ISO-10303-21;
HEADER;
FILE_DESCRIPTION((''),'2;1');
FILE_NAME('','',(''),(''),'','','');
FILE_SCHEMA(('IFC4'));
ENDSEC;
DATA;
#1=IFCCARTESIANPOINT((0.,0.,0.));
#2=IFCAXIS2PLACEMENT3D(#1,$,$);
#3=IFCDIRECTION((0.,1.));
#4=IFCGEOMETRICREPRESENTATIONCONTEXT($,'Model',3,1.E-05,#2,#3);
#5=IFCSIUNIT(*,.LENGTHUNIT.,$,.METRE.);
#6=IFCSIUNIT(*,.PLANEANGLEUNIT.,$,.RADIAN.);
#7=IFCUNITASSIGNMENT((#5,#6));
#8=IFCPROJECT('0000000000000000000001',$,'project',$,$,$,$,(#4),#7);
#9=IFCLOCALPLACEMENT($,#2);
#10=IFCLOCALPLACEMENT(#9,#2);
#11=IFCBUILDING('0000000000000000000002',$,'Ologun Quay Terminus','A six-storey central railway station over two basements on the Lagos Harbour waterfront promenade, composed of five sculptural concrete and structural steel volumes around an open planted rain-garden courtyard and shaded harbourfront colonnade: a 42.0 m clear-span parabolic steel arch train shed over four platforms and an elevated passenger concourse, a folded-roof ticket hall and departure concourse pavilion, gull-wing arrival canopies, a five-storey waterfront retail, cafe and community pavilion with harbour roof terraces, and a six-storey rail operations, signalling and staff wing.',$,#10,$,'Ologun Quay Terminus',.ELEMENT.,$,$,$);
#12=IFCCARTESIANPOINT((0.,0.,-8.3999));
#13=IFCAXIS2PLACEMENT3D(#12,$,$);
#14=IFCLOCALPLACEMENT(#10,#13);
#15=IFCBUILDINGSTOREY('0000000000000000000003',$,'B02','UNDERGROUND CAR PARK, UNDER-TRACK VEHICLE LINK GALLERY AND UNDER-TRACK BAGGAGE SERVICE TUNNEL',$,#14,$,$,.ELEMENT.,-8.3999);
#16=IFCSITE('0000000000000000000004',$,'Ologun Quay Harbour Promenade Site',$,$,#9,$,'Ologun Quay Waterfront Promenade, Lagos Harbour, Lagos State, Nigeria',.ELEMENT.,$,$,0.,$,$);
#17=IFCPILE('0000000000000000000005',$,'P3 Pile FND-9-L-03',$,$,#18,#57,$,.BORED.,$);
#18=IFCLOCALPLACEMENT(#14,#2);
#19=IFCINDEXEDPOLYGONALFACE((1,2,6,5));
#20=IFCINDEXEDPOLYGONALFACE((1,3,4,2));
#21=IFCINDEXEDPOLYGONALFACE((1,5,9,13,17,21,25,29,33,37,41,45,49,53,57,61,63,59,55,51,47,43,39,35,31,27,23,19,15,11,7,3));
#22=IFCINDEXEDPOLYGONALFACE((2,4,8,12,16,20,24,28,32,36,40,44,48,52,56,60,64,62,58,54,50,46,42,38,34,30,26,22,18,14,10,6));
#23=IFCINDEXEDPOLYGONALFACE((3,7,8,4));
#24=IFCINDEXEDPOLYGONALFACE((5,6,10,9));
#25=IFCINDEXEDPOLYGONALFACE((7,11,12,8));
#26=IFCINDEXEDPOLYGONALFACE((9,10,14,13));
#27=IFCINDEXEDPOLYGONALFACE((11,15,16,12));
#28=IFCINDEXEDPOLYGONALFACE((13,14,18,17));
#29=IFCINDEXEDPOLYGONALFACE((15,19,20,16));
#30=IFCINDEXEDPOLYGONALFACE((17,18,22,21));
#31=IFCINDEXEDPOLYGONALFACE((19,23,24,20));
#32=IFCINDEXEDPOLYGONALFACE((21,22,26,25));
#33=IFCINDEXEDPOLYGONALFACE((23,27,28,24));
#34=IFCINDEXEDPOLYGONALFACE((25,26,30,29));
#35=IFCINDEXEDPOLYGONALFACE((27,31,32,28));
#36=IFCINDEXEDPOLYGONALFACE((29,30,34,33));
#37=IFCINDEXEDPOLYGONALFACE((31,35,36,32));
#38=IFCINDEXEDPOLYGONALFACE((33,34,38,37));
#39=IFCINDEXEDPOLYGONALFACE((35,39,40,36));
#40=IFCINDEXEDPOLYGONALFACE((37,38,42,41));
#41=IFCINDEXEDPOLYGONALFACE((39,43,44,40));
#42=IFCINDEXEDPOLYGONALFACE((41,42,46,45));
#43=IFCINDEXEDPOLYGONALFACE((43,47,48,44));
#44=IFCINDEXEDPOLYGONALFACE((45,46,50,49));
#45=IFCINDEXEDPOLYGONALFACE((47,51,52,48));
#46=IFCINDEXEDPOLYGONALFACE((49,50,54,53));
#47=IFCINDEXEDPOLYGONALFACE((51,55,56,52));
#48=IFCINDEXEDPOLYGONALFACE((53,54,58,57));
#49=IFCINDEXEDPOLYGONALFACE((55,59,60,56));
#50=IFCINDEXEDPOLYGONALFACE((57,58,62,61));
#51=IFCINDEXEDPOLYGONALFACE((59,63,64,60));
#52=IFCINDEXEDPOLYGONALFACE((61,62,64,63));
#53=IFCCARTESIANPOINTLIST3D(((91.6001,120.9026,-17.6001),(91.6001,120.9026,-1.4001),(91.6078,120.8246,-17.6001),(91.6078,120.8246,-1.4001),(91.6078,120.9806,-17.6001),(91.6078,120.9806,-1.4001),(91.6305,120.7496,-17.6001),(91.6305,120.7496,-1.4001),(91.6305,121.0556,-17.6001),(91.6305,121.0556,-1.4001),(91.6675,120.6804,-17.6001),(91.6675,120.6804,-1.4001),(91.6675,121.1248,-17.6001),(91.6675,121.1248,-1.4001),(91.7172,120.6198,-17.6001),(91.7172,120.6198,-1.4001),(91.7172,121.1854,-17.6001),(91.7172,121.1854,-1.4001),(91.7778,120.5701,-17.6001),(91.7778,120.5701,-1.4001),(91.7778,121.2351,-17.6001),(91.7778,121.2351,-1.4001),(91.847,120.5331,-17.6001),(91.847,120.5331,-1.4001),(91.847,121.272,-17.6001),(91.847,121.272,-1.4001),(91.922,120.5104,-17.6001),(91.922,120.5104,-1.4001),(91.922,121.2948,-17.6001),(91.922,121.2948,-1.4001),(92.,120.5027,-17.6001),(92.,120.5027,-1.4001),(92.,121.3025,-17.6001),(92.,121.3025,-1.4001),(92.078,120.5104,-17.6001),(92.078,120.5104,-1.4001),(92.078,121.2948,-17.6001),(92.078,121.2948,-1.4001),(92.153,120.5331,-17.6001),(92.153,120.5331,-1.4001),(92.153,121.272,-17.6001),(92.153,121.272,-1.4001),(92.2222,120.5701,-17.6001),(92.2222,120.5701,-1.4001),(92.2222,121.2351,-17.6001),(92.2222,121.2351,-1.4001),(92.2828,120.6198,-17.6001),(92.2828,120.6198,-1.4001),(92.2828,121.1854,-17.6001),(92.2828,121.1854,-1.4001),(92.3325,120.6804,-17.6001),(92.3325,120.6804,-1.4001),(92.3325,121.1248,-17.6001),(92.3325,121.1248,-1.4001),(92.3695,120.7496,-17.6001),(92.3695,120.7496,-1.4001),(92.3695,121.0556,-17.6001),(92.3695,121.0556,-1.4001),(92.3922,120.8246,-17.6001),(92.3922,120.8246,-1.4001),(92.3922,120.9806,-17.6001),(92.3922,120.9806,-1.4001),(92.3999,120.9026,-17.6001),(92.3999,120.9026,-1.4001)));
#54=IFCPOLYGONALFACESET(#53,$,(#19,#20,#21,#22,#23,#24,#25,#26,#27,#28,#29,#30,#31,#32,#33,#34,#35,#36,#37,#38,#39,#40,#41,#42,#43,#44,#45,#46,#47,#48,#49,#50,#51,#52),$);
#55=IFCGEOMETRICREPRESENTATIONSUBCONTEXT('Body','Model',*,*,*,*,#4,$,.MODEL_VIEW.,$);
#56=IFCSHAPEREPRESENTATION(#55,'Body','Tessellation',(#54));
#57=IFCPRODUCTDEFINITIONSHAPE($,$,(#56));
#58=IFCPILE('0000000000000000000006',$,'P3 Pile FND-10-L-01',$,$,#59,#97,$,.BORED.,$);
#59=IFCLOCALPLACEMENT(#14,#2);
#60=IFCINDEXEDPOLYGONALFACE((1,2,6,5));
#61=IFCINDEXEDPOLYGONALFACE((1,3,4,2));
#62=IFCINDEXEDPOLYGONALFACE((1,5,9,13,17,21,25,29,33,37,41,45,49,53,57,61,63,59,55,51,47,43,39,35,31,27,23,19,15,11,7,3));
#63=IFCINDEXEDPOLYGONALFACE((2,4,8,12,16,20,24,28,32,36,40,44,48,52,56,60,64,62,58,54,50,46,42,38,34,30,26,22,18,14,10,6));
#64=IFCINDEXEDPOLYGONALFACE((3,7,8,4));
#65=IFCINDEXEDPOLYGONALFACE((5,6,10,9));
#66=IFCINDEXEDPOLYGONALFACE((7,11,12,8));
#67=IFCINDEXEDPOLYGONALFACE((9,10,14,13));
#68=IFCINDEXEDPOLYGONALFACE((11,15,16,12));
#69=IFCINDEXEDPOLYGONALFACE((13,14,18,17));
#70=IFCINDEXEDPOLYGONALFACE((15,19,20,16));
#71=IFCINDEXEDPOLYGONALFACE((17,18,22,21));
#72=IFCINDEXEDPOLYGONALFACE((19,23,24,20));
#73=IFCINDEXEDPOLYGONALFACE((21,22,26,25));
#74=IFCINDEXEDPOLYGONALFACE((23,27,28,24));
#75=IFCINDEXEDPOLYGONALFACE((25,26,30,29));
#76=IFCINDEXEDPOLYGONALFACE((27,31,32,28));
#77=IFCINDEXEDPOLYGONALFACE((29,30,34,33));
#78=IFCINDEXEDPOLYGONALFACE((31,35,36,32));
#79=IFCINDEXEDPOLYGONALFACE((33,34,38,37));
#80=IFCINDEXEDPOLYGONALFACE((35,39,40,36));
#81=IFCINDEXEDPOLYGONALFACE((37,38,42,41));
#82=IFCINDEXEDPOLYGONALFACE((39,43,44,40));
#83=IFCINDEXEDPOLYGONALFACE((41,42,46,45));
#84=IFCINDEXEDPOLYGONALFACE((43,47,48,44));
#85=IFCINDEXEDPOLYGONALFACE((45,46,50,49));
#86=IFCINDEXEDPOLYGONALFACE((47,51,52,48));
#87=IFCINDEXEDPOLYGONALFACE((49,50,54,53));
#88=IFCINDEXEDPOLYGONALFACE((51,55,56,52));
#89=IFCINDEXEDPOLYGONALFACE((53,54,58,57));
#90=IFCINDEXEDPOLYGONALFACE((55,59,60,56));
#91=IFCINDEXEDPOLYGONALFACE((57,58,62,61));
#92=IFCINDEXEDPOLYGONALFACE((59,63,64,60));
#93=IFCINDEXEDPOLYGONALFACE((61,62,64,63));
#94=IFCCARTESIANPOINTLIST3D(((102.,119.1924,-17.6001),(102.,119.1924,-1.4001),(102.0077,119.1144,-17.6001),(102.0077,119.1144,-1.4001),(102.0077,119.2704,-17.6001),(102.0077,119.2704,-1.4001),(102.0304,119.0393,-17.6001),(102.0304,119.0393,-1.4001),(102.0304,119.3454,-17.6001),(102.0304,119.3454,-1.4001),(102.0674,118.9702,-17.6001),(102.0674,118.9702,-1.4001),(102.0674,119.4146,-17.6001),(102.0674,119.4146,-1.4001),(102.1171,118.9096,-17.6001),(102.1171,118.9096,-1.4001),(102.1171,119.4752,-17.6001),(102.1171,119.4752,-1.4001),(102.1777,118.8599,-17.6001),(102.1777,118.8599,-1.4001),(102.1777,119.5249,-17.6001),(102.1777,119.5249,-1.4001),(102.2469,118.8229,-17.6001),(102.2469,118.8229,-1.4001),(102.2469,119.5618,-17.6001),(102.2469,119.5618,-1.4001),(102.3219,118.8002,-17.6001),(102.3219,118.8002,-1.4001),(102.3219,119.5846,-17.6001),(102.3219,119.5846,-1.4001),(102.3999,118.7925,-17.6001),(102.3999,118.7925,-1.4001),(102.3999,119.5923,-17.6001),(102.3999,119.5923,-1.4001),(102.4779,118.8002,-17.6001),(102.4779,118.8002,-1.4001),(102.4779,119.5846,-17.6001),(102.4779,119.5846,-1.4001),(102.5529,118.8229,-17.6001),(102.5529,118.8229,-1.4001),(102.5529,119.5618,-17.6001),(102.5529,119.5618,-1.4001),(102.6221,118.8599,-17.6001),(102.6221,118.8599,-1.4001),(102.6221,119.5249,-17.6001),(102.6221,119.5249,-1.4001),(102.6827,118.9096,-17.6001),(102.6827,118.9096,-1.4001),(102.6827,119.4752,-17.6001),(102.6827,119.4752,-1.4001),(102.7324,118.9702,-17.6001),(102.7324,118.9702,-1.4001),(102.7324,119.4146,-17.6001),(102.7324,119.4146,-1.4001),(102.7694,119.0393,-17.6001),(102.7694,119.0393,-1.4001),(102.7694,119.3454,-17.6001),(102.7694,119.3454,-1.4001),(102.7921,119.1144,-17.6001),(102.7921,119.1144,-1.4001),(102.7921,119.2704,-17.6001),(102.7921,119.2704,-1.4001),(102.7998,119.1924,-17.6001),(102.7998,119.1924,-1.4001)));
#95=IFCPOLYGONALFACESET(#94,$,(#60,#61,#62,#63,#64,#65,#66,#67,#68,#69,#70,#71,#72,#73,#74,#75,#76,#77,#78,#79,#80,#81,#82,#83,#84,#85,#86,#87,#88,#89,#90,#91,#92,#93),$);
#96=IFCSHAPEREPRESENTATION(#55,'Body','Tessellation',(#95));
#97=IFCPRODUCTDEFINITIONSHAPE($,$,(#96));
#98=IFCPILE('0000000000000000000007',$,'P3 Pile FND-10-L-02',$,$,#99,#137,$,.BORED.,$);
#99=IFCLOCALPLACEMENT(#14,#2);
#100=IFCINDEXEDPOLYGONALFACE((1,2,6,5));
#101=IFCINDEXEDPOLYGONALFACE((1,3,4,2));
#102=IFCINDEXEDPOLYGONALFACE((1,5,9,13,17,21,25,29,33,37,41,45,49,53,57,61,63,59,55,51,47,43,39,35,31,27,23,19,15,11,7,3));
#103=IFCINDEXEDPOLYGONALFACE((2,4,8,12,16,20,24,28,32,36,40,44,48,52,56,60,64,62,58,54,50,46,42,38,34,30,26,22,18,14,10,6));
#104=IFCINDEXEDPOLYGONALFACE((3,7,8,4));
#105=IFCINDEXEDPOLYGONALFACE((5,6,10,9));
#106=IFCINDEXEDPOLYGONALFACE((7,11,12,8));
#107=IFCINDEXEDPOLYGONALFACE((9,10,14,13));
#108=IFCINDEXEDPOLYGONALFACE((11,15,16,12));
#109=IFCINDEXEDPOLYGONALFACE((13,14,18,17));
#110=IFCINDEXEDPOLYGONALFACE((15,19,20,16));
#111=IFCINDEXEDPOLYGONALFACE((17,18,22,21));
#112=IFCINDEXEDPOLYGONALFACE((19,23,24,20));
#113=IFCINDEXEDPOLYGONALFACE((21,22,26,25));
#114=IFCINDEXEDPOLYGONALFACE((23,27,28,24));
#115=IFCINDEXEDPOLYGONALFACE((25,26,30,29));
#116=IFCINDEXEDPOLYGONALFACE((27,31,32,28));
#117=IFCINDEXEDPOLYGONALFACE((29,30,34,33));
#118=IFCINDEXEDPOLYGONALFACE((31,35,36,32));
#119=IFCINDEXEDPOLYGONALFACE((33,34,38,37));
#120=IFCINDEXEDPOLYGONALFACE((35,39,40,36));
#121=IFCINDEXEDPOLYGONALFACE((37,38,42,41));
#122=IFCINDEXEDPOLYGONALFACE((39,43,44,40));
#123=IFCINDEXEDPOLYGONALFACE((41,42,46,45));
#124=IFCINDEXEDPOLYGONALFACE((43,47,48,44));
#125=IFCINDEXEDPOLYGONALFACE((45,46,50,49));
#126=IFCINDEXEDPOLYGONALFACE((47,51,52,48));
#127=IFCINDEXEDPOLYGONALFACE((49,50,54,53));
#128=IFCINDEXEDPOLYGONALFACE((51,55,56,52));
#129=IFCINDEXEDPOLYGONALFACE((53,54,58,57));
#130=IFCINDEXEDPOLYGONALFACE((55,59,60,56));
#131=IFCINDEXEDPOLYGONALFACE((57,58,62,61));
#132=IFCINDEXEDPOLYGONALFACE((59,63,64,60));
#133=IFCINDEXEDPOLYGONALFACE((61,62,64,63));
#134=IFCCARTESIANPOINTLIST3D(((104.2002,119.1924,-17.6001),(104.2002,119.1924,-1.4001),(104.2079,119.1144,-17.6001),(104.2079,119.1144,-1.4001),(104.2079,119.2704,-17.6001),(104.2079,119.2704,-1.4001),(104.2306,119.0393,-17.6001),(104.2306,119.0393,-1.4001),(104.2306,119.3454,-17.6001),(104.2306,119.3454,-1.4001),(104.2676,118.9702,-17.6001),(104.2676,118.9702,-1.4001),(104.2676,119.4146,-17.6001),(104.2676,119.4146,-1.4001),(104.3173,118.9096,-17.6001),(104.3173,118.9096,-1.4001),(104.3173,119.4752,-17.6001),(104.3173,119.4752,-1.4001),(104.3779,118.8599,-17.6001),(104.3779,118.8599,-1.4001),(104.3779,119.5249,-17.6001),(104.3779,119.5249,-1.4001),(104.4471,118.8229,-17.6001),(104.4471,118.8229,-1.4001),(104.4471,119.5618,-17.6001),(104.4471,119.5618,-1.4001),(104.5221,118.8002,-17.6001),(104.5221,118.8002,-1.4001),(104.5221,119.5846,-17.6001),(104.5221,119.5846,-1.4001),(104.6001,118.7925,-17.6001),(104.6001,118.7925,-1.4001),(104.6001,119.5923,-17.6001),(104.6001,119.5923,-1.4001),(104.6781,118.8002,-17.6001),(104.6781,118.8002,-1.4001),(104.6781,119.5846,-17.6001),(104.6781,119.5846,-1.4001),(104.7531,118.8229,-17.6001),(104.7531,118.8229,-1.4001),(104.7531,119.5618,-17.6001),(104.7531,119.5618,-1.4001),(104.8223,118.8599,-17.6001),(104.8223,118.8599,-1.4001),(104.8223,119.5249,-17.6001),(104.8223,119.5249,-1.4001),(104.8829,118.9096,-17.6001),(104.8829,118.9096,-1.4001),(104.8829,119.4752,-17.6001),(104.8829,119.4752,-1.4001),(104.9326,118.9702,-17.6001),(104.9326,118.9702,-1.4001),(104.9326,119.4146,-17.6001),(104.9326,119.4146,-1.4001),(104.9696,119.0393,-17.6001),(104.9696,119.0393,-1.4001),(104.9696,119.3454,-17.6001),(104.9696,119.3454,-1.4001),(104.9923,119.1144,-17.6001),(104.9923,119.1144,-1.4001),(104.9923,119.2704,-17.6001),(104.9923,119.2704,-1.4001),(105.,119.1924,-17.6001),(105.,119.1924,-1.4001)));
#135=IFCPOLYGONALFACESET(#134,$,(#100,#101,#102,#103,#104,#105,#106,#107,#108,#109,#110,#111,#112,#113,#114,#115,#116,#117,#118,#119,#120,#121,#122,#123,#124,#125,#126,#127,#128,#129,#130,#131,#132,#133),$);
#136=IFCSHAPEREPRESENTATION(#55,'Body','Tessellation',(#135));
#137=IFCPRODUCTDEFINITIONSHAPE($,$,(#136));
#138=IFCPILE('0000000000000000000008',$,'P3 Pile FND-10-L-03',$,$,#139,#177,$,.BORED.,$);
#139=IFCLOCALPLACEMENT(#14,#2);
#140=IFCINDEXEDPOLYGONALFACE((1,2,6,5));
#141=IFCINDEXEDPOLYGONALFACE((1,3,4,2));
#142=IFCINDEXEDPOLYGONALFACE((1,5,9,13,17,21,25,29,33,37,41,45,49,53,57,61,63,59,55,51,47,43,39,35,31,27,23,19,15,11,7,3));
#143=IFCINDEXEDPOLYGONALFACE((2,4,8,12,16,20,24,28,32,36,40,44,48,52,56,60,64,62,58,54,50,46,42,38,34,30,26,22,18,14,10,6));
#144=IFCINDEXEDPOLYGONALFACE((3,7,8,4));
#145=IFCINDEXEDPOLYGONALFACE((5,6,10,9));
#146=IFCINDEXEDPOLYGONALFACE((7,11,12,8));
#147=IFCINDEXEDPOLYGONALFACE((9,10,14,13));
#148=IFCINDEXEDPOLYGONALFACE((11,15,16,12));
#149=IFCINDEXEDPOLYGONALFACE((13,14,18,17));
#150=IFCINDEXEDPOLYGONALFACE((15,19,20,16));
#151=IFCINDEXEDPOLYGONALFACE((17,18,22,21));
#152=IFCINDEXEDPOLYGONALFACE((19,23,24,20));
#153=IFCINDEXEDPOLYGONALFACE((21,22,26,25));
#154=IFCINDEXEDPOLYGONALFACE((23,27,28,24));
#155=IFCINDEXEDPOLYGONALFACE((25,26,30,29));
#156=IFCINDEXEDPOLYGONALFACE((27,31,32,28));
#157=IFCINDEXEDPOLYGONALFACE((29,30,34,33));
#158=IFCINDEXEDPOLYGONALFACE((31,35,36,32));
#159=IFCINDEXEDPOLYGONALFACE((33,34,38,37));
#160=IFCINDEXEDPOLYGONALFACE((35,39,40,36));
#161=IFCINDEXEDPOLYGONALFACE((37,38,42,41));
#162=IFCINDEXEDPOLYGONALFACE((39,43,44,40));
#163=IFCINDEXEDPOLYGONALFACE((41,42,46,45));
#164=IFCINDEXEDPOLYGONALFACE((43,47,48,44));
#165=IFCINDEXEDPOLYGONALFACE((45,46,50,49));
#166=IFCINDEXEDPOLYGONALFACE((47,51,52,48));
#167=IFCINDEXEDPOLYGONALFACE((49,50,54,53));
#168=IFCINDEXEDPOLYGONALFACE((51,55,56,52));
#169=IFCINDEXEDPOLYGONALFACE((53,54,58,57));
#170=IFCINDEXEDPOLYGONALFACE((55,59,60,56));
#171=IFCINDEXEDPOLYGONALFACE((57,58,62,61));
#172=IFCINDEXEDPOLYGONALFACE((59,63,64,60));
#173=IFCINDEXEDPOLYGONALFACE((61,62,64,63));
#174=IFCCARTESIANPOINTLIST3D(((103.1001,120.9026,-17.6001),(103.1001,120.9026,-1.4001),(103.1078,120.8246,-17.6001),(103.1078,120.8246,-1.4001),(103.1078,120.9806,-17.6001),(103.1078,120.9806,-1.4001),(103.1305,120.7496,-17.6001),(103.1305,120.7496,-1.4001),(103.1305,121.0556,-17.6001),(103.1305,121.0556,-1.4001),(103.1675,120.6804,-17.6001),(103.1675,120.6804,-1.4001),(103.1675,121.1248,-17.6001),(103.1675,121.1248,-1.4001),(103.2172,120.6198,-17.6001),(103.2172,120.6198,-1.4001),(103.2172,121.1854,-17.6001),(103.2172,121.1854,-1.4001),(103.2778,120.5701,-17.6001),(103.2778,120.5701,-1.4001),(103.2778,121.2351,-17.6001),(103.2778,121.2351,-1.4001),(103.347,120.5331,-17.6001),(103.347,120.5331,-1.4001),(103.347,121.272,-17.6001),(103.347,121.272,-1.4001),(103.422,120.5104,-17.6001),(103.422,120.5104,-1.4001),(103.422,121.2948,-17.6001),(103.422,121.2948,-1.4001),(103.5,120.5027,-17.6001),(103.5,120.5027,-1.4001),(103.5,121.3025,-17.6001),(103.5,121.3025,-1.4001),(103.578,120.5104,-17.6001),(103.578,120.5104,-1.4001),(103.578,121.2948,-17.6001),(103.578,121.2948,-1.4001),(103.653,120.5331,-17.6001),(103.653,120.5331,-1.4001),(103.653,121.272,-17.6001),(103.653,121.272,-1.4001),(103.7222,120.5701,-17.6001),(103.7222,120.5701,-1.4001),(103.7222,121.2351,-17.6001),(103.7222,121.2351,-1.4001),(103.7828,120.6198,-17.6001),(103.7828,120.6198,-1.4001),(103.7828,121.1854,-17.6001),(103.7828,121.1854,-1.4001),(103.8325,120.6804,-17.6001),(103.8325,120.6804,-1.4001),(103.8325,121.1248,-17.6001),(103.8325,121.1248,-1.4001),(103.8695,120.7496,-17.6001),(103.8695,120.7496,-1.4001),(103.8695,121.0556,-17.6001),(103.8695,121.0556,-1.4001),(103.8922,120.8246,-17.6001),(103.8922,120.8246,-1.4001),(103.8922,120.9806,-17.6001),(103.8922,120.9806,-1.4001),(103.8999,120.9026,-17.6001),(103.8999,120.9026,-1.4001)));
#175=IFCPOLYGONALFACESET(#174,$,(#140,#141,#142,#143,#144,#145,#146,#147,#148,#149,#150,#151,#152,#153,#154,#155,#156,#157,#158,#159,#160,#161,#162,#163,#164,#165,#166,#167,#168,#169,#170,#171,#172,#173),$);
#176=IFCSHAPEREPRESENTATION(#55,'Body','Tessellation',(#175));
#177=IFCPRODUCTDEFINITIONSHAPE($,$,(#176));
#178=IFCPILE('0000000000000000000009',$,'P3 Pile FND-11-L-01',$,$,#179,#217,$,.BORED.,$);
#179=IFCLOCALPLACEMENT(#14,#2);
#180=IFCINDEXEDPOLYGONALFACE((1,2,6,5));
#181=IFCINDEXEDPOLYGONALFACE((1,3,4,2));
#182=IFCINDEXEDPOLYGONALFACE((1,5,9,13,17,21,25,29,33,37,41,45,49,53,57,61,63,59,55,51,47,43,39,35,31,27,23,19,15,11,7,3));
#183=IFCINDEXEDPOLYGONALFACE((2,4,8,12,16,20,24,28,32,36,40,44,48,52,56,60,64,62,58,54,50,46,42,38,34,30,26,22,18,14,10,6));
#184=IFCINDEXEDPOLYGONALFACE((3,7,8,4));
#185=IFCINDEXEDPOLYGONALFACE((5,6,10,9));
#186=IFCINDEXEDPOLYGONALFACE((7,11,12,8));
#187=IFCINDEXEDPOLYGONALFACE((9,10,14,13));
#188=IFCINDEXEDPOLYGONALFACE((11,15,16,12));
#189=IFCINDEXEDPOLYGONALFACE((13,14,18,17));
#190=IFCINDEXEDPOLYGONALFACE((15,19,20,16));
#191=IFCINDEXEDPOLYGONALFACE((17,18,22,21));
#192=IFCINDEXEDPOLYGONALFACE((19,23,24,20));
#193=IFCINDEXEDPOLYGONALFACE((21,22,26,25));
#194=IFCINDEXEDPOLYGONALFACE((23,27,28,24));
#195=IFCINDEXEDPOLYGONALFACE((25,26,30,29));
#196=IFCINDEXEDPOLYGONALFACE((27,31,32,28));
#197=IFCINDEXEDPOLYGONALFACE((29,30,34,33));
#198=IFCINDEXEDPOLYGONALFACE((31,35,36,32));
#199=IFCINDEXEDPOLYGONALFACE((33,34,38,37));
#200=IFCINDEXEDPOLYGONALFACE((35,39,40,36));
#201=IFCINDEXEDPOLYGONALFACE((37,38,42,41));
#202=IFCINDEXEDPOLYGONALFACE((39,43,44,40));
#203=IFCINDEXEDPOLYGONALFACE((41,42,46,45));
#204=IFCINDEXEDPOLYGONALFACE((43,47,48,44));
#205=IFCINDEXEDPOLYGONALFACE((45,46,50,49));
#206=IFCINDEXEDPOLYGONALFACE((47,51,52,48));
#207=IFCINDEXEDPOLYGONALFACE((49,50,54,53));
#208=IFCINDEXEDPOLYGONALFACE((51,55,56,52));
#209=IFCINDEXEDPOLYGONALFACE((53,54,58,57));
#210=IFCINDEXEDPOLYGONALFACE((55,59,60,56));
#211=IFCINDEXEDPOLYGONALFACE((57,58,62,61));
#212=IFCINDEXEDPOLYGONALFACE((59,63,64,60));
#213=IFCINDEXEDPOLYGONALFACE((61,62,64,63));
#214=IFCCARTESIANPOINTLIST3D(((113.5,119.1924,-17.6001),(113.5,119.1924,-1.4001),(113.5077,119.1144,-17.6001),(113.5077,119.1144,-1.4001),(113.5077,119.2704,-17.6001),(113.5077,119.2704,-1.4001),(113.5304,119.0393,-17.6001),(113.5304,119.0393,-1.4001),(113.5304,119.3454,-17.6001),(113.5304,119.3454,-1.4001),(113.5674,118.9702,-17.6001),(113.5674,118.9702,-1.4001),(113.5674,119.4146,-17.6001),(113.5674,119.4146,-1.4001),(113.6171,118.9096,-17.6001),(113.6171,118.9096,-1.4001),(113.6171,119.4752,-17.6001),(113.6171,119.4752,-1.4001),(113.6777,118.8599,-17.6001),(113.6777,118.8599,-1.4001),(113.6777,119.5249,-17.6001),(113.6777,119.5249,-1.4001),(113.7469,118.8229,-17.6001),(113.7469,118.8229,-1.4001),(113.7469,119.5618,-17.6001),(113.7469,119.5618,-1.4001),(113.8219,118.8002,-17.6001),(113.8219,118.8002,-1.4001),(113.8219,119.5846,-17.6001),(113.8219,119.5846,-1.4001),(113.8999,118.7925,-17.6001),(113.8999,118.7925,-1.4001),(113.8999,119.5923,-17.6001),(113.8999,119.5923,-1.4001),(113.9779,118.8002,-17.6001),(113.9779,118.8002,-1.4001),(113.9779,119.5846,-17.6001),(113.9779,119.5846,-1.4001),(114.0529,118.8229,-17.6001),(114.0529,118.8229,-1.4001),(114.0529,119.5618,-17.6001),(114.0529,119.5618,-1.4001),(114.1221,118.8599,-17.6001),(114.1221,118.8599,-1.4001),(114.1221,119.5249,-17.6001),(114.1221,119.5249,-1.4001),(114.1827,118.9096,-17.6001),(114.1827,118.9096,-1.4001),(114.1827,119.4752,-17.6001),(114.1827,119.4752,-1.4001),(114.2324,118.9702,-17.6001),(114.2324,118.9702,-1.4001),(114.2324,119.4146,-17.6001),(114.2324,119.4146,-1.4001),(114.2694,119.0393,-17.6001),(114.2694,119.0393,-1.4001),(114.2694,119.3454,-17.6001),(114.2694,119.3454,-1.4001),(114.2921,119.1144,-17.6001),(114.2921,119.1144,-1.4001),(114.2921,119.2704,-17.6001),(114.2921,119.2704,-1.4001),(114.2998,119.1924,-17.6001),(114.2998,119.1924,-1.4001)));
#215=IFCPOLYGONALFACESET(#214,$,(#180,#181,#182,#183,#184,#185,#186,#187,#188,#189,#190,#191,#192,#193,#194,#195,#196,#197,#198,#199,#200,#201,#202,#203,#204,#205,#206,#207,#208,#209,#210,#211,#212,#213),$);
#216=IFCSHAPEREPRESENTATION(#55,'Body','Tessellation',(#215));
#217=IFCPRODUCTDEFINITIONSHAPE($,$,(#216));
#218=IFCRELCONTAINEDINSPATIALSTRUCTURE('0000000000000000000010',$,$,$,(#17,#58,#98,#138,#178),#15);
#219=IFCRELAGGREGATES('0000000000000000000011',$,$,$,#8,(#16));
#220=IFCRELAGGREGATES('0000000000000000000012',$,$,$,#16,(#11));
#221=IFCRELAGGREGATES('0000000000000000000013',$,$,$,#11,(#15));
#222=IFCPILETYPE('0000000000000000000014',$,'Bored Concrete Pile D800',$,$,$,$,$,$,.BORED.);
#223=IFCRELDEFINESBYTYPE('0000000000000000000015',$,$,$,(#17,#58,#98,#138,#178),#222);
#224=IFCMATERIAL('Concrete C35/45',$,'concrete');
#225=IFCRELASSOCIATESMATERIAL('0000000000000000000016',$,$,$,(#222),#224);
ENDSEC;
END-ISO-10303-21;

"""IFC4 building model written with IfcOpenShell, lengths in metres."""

from ifc_helpers import new_model, si_unit, direction, frame, origin, origin_2d, place, context, subcontext, project, spatial, circle, extrude, material, material_profile, profile_set, type_object, element, save


model = new_model("IFC4")

# Units and contexts
model_context = context("Model", 3, precision=1e-05, world=origin(), true_north=direction((0.0, 1.0)))
body_context = subcontext(model_context, "Body", "Model", "MODEL_VIEW")
ifc_project = project(units=[si_unit("LENGTHUNIT", "METRE"), si_unit("PLANEANGLEUNIT", "RADIAN")], contexts=[model_context])

# Site, building, storey
site_placement = place(None, origin())
site = spatial("IfcSite", under=ifc_project, at=site_placement, Name="Ologun Quay Harbour Promenade Site", LongName="Ologun Quay Waterfront Promenade, Lagos Harbour, Lagos State, Nigeria", CompositionType="ELEMENT", RefElevation=0.0)
building_placement = place(site_placement, origin())
building = spatial("IfcBuilding", under=site, at=building_placement, Name="Ologun Quay Terminus", Description="A six-storey central railway station over two basements on the Lagos Harbour waterfront promenade, composed of five sculptural concrete and structural steel volumes around an open planted rain-garden courtyard and shaded harbourfront colonnade: a 42.0 m clear-span parabolic steel arch train shed over four platforms and an elevated passenger concourse, a folded-roof ticket hall and departure concourse pavilion, gull-wing arrival canopies, a five-storey waterfront retail, cafe and community pavilion with harbour roof terraces, and a six-storey rail operations, signalling and staff wing.", LongName="Ologun Quay Terminus", CompositionType="ELEMENT")
storey_placement = place(building_placement, frame((0.0, 0.0, -8.3999)))
storey = spatial("IfcBuildingStorey", under=building, at=storey_placement, Name="B02", Description="UNDERGROUND CAR PARK, UNDER-TRACK VEHICLE LINK GALLERY AND UNDER-TRACK BAGGAGE SERVICE TUNNEL", CompositionType="ELEMENT", Elevation=-8.3999)

# Piles
ifc_material_1 = material(Name="Concrete C35/45", Category="concrete")
ifc_material_profile_1 = material_profile(ifc_material_1, circle(Radius=0.3999, at=origin_2d()), Name="PILE D800")
ifc_profile_set_1 = profile_set([ifc_material_profile_1], Name="Concrete C35/45")
pile_type_1 = type_object("IfcPileType", Name="Bored Concrete Pile D800", PredefinedType="BORED", material=ifc_profile_set_1)
for number, where, z_axis, x_axis, name in (
    (1, (92.0, 120.9026, -1.4001), (0.0, 0.0, -1.0), (1.0, 0.0, 0.0), "P3 Pile FND-9-L-03"),
    (2, (102.3999, 119.1924, -1.4001), (0.0, 0.0, -1.0), (1.0, 0.0, 0.0), "P3 Pile FND-10-L-01"),
    (3, (104.6001, 119.1924, -1.4001), (0.0, 0.0, -1.0), (1.0, 0.0, 0.0), "P3 Pile FND-10-L-02"),
    (4, (103.5, 120.9026, -1.4001), (0.0, 0.0, -1.0), (1.0, 0.0, 0.0), "P3 Pile FND-10-L-03"),
    (5, (113.8999, 119.1924, -1.4001), (0.0, 0.0, -1.0), (1.0, 0.0, 0.0), "P3 Pile FND-11-L-01"),
):
    element("IfcPile", number, at=place(storey_placement, frame(where, z_axis=z_axis, x_axis=x_axis)), inside=storey, type_object=pile_type_1, Name=name, PredefinedType="BORED", context=body_context, shape_type="SweptSolid", body=[
        extrude(circle(Radius=0.3999, at=origin_2d()), origin(), (0.0, 0.0, 1.0), 16.2),
    ])

save(model, "model.ifc")
